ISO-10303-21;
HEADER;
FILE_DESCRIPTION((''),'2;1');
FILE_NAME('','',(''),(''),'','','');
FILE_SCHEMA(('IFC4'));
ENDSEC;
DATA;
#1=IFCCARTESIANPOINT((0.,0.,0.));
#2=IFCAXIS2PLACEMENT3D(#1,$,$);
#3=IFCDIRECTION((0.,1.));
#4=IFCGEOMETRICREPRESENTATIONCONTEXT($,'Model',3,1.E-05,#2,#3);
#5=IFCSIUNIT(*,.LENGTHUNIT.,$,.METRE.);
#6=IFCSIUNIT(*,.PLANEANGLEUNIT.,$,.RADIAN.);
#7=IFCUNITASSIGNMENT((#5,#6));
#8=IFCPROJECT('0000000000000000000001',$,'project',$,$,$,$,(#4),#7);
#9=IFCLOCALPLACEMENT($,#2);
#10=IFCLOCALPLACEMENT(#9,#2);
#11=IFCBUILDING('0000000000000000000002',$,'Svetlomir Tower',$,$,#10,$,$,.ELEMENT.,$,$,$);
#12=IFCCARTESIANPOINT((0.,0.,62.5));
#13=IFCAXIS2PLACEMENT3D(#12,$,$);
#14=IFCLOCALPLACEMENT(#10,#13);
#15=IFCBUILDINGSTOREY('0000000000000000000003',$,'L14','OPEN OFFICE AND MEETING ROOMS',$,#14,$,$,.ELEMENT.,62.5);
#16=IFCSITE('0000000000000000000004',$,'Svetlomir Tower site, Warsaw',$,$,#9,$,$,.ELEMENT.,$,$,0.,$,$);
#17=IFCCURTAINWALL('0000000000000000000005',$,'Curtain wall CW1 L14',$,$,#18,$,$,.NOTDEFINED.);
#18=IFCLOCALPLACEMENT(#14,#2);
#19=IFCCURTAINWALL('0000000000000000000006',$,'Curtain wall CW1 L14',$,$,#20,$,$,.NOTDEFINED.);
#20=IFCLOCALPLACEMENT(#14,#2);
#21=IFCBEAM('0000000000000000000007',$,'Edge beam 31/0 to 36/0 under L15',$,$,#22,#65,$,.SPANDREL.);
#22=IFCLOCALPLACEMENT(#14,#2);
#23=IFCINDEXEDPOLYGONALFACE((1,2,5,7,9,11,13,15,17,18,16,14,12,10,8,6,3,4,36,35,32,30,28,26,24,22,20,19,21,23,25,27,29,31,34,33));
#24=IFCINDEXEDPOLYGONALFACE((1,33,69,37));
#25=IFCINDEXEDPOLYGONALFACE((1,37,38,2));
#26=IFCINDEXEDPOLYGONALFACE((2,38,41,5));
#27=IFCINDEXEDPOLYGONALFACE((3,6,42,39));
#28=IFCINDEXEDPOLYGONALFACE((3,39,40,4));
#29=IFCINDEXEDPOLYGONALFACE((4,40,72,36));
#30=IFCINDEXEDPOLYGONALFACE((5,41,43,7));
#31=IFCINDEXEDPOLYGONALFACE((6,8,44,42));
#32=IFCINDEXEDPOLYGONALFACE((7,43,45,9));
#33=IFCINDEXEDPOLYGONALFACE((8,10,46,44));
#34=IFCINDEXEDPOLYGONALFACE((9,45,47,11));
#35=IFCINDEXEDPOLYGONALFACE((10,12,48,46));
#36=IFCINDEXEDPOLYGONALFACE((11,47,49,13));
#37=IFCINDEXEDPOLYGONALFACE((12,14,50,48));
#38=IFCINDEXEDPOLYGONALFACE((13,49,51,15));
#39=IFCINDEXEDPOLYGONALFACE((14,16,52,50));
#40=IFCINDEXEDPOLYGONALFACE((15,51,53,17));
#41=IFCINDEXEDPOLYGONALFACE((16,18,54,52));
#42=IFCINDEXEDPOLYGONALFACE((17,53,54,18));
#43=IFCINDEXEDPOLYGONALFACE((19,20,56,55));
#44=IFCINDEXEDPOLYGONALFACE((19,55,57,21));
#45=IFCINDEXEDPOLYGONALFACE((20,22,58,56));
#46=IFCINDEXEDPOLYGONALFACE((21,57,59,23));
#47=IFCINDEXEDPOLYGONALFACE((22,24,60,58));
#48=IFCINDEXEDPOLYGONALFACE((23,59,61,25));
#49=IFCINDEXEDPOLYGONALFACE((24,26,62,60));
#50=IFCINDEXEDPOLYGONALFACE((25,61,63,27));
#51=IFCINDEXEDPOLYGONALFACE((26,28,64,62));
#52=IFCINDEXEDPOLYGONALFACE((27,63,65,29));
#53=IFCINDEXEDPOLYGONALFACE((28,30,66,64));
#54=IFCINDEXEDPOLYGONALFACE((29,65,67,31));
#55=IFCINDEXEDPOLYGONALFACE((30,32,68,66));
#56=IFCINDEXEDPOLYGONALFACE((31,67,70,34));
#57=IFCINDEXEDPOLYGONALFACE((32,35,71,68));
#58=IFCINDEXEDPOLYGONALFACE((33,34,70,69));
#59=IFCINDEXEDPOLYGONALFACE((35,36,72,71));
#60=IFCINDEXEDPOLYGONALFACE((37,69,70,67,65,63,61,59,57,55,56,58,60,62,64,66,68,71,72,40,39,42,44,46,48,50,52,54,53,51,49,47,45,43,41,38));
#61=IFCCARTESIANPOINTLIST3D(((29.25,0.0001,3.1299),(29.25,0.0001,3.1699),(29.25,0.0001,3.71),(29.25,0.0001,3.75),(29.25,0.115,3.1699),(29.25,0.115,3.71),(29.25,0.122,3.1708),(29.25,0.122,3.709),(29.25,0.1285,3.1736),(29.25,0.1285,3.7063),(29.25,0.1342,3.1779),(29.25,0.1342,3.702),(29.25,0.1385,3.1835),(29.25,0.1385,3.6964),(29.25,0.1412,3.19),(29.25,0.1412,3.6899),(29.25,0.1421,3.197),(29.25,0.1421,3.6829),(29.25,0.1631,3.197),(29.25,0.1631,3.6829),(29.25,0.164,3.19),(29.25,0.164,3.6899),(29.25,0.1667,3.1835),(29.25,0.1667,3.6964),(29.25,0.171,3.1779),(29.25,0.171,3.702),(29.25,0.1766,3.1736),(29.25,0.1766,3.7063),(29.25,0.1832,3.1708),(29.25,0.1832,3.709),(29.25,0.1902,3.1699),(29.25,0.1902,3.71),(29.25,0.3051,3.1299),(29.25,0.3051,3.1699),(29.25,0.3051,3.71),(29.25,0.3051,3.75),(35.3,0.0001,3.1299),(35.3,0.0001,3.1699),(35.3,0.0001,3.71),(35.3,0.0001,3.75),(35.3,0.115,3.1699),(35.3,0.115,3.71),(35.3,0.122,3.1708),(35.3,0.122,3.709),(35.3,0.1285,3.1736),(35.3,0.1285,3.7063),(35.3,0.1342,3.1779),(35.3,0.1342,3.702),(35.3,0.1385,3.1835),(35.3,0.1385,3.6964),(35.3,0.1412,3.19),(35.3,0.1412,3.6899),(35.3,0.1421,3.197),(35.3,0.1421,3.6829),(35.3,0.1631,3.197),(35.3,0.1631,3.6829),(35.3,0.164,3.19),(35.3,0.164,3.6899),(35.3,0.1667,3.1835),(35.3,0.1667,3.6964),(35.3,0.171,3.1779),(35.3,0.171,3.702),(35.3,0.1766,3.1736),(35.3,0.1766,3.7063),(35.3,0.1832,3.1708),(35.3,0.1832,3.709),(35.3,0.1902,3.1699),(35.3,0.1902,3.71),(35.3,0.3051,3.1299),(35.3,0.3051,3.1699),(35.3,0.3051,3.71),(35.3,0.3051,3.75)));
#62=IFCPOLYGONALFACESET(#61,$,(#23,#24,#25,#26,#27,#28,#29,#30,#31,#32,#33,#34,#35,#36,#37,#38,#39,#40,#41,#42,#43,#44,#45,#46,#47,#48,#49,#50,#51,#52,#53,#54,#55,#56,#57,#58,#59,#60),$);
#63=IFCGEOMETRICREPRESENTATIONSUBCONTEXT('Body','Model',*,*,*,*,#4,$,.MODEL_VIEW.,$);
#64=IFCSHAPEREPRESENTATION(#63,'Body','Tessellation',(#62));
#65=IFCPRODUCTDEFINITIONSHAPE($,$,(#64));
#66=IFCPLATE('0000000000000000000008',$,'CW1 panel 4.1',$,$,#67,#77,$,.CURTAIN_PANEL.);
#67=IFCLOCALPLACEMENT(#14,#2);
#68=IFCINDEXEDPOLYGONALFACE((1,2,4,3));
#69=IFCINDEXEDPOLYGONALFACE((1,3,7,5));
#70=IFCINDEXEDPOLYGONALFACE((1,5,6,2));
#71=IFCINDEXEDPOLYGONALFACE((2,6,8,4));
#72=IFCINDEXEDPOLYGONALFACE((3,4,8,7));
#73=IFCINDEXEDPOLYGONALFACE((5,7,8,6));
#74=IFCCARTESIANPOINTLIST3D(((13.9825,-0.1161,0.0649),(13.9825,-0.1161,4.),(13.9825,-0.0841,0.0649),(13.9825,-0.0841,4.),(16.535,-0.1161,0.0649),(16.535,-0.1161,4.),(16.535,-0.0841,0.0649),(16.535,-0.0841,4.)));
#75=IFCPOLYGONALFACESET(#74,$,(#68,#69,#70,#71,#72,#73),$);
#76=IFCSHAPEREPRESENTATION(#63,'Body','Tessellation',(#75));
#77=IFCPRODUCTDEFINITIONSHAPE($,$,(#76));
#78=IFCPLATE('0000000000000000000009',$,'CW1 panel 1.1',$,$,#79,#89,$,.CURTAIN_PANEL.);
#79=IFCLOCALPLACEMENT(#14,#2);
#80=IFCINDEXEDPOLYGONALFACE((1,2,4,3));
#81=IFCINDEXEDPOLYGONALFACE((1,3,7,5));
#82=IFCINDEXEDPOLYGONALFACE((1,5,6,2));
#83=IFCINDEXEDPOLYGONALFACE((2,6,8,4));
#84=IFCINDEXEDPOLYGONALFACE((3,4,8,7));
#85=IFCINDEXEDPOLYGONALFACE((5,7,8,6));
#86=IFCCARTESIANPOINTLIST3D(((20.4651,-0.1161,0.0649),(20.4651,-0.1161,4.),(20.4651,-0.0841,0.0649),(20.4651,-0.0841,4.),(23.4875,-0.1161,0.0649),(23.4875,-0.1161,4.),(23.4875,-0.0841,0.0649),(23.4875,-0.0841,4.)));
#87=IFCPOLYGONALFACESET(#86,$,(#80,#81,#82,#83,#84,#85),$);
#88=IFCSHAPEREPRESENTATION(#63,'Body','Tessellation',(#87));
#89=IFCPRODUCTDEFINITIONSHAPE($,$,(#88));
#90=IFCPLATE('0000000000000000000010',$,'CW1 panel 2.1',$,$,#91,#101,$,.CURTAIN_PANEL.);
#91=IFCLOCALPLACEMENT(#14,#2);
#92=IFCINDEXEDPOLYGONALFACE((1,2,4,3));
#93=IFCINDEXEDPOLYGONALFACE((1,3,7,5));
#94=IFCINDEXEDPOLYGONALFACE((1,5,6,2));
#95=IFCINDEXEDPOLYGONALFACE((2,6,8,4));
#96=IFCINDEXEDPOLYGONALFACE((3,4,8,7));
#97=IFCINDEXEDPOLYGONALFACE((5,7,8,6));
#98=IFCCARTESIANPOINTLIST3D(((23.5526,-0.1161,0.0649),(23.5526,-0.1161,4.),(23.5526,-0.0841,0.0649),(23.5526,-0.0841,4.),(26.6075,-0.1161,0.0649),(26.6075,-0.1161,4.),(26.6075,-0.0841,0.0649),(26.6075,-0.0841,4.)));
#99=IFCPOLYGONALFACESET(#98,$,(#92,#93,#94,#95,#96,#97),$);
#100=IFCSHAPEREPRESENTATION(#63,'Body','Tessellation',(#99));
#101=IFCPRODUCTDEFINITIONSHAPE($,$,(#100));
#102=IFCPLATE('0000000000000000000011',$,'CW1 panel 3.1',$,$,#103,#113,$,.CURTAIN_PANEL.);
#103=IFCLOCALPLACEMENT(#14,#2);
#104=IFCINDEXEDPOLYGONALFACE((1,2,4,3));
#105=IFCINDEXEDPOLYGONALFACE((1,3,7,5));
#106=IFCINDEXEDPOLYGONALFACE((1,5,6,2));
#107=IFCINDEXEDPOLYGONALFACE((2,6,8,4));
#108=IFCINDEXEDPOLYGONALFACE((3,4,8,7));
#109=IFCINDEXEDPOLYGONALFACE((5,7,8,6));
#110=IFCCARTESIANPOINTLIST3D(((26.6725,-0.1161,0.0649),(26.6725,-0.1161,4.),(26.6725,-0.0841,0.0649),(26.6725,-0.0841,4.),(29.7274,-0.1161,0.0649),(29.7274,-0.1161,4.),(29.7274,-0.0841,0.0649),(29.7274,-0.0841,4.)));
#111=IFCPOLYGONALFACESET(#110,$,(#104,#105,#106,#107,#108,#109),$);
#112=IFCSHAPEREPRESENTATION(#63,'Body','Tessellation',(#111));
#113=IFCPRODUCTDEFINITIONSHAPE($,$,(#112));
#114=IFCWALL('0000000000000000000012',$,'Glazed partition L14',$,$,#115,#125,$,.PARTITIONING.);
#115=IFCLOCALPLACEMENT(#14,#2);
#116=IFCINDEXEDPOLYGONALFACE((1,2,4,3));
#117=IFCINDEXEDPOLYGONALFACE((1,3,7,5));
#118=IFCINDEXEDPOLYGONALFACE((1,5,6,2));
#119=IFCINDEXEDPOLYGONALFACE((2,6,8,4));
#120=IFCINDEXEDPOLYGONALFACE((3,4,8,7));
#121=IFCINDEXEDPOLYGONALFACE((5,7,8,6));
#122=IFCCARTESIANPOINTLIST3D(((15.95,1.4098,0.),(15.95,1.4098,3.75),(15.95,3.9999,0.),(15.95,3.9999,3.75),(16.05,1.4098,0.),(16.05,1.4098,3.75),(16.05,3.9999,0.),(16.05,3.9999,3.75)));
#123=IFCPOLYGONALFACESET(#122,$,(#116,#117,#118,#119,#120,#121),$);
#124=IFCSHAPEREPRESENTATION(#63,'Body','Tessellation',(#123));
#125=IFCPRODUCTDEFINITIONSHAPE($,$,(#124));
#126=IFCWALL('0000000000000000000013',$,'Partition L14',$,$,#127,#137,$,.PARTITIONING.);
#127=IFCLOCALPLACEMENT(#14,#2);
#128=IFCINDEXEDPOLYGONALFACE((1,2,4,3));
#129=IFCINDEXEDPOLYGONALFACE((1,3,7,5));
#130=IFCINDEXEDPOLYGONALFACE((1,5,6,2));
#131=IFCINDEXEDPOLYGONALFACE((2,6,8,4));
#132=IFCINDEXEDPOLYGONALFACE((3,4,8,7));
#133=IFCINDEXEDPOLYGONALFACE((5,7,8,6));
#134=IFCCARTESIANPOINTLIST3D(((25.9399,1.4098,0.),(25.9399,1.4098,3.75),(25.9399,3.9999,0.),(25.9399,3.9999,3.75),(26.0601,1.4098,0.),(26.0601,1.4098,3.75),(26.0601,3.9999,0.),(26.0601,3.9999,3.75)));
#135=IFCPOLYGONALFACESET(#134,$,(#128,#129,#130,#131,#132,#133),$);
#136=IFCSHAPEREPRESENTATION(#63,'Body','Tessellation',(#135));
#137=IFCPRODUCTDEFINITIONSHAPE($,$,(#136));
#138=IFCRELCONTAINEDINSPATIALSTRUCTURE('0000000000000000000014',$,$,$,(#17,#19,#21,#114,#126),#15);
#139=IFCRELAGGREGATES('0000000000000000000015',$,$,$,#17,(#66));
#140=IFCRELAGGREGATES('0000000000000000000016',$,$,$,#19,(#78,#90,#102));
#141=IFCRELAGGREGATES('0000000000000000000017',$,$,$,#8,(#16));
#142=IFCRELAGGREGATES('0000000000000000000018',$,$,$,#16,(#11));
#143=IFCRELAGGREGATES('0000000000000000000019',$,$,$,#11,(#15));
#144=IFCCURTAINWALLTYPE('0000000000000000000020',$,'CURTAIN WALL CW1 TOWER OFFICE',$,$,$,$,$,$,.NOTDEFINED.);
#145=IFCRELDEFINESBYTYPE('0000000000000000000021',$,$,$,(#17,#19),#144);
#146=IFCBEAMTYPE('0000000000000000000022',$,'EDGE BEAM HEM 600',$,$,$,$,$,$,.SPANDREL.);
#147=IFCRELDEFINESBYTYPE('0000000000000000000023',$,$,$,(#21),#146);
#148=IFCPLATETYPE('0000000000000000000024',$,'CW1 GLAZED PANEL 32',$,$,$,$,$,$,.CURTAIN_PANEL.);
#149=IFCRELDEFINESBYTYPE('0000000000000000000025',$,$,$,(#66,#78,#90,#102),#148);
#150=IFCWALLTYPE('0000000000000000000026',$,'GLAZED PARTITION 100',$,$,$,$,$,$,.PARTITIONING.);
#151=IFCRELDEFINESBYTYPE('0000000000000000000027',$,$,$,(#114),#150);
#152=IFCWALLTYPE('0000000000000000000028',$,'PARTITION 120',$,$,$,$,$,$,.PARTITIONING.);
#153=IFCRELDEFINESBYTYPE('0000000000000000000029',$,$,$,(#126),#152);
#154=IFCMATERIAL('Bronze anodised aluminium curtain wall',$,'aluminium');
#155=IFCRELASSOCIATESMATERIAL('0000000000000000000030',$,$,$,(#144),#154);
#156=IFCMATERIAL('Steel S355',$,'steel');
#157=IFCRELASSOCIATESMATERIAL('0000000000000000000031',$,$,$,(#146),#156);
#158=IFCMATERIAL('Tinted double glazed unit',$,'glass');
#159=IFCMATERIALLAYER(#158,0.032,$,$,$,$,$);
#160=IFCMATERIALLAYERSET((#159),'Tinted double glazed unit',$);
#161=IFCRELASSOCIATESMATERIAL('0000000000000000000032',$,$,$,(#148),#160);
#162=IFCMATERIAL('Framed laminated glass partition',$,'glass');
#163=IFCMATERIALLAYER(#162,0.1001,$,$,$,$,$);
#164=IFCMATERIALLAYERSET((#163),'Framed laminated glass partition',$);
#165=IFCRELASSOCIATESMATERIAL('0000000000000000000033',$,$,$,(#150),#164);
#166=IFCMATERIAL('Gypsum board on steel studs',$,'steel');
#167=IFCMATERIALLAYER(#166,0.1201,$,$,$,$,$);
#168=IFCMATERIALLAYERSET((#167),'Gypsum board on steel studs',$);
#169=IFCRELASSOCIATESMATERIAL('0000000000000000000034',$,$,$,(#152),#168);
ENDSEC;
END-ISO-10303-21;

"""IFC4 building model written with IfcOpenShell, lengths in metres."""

from ifc_helpers import new_model, si_unit, direction, frame, frame_2d, origin, origin_2d, place, context, subcontext, project, spatial, rectangle, i_section, extrude, material, layer, layer_set, material_profile, profile_set, type_object, element, aggregate, save


model = new_model("IFC4")

# Units and contexts
model_context = context("Model", 3, precision=1e-05, world=origin(), true_north=direction((0.0, 1.0)))
body_context = subcontext(model_context, "Body", "Model", "MODEL_VIEW")
ifc_project = project(units=[si_unit("LENGTHUNIT", "METRE"), si_unit("PLANEANGLEUNIT", "RADIAN")], contexts=[model_context])

# Site, building, storey
site_placement = place(None, origin())
site = spatial("IfcSite", under=ifc_project, at=site_placement, Name="Svetlomir Tower site, Warsaw", CompositionType="ELEMENT", RefElevation=0.0)
building_placement = place(site_placement, origin())
building = spatial("IfcBuilding", under=site, at=building_placement, Name="Svetlomir Tower", CompositionType="ELEMENT")
storey_placement = place(building_placement, frame((0.0, 0.0, 62.5)))
storey = spatial("IfcBuildingStorey", under=building, at=storey_placement, Name="L14", Description="OPEN OFFICE AND MEETING ROOMS", CompositionType="ELEMENT", Elevation=62.5)

# Curtain walls
ifc_material_1 = material(Name="Bronze anodised aluminium curtain wall", Category="aluminium")
curtain_wall_type = type_object("IfcCurtainWallType", Name="CURTAIN WALL CW1 TOWER OFFICE", PredefinedType="NOTDEFINED", material=ifc_material_1)
curtain_wall_1_placement = place(storey_placement, origin())
curtain_wall_1 = element("IfcCurtainWall", 1, at=curtain_wall_1_placement, inside=storey, type_object=curtain_wall_type, Name="Curtain wall CW1 L14", PredefinedType="NOTDEFINED")
curtain_wall_2_placement = place(storey_placement, origin())
curtain_wall_2 = element("IfcCurtainWall", 2, at=curtain_wall_2_placement, inside=storey, type_object=curtain_wall_type, Name="Curtain wall CW1 L14", PredefinedType="NOTDEFINED")

# Beam
ifc_material_2 = material(Name="Steel S355", Category="steel")
ifc_material_profile_1 = material_profile(ifc_material_2, i_section(OverallWidth=0.3049, OverallDepth=0.6201, WebThickness=0.021, FlangeThickness=0.04, FilletRadius=0.0271, at=origin_2d()), Name="HEM 600")
ifc_profile_set_1 = profile_set([ifc_material_profile_1], Name="Steel S355")
beam_type_1 = type_object("IfcBeamType", Name="EDGE BEAM HEM 600", PredefinedType="SPANDREL", material=ifc_profile_set_1)
beam_1_placement = place(storey_placement, frame((29.25, 0.1526, 3.4399), z_axis=(1.0, 0.0, 0.0), x_axis=(0.0, 1.0, 0.0)))
element("IfcBeam", 3, at=beam_1_placement, inside=storey, type_object=beam_type_1, Name="Edge beam 31/0 to 36/0 under L15", PredefinedType="SPANDREL", context=body_context, shape_type="SweptSolid", body=[
    extrude(i_section(OverallWidth=0.3049, OverallDepth=0.6201, WebThickness=0.021, FlangeThickness=0.04, FilletRadius=0.0271, at=origin_2d()), origin(), (0.0, 0.0, 1.0), 6.05),
])

# Plates
ifc_material_3 = material(Name="Tinted double glazed unit", Category="glass")
ifc_layer_1 = layer(ifc_material_3, 0.032)
ifc_layer_set_1 = layer_set([ifc_layer_1], Name="Tinted double glazed unit")
plate_type = type_object("IfcPlateType", Name="CW1 GLAZED PANEL 32", PredefinedType="CURTAIN_PANEL", material=ifc_layer_set_1)
plate_1_placement = place(storey_placement, frame((15.2588, -0.1001, 0.0649), z_axis=(0.0, 0.0, 1.0), x_axis=(1.0, 0.0, 0.0)))
plate_1 = element("IfcPlate", 4, at=plate_1_placement, type_object=plate_type, Name="CW1 panel 4.1", PredefinedType="CURTAIN_PANEL", context=body_context, shape_type="SweptSolid", body=[
    extrude(rectangle(XDim=2.5525, YDim=0.032, at=origin_2d()), origin(), (0.0, 0.0, 1.0), 3.9351),
])
aggregate(curtain_wall_1, [plate_1])
plate_2_placement = place(storey_placement, frame((21.9763, -0.1001, 0.0649), z_axis=(0.0, 0.0, 1.0), x_axis=(1.0, 0.0, 0.0)))
plate_2 = element("IfcPlate", 5, at=plate_2_placement, type_object=plate_type, Name="CW1 panel 1.1", PredefinedType="CURTAIN_PANEL", context=body_context, shape_type="SweptSolid", body=[
    extrude(rectangle(XDim=3.0225, YDim=0.032, at=origin_2d()), origin(), (0.0, 0.0, 1.0), 3.9351),
])
plate_3_placement = place(storey_placement, frame((25.0801, -0.1001, 0.0649), z_axis=(0.0, 0.0, 1.0), x_axis=(1.0, 0.0, 0.0)))
plate_3 = element("IfcPlate", 6, at=plate_3_placement, type_object=plate_type, Name="CW1 panel 2.1", PredefinedType="CURTAIN_PANEL", context=body_context, shape_type="SweptSolid", body=[
    extrude(rectangle(XDim=3.0549, YDim=0.032, at=origin_2d()), origin(), (0.0, 0.0, 1.0), 3.9351),
])
plate_4_placement = place(storey_placement, frame((28.2, -0.1001, 0.0649), z_axis=(0.0, 0.0, 1.0), x_axis=(1.0, 0.0, 0.0)))
plate_4 = element("IfcPlate", 7, at=plate_4_placement, type_object=plate_type, Name="CW1 panel 3.1", PredefinedType="CURTAIN_PANEL", context=body_context, shape_type="SweptSolid", body=[
    extrude(rectangle(XDim=3.0549, YDim=0.032, at=origin_2d()), origin(), (0.0, 0.0, 1.0), 3.9351),
])
aggregate(curtain_wall_2, [plate_2, plate_3, plate_4])

# Walls
ifc_material_4 = material(Name="Framed laminated glass partition", Category="glass")
ifc_layer_2 = layer(ifc_material_4, 0.1001)
ifc_layer_set_2 = layer_set([ifc_layer_2], Name="Framed laminated glass partition")
wall_type_1 = type_object("IfcWallType", Name="GLAZED PARTITION 100", PredefinedType="PARTITIONING", material=ifc_layer_set_2)
wall_1_placement = place(storey_placement, frame((16.0, 1.4099, 0.0), z_axis=(0.0, 0.0, 1.0), x_axis=(0.0, 1.0, 0.0)))
element("IfcWall", 8, at=wall_1_placement, inside=storey, type_object=wall_type_1, Name="Glazed partition L14", PredefinedType="PARTITIONING", context=body_context, shape_type="SweptSolid", body=[
    extrude(rectangle(XDim=2.5901, YDim=0.1001, at=frame_2d((1.2949, 0.0))), origin(), (0.0, 0.0, 1.0), 3.75),
])
ifc_material_5 = material(Name="Gypsum board on steel studs", Category="steel")
ifc_layer_3 = layer(ifc_material_5, 0.1201)
ifc_layer_set_3 = layer_set([ifc_layer_3], Name="Gypsum board on steel studs")
wall_type_2 = type_object("IfcWallType", Name="PARTITION 120", PredefinedType="PARTITIONING", material=ifc_layer_set_3)
wall_2_placement = place(storey_placement, frame((26.0, 1.4099, 0.0), z_axis=(0.0, 0.0, 1.0), x_axis=(0.0, 1.0, 0.0)))
element("IfcWall", 9, at=wall_2_placement, inside=storey, type_object=wall_type_2, Name="Partition L14", PredefinedType="PARTITIONING", context=body_context, shape_type="SweptSolid", body=[
    extrude(rectangle(XDim=2.5901, YDim=0.1201, at=frame_2d((1.2949, 0.0))), origin(), (0.0, 0.0, 1.0), 3.75),
])

save(model, "model.ifc")
